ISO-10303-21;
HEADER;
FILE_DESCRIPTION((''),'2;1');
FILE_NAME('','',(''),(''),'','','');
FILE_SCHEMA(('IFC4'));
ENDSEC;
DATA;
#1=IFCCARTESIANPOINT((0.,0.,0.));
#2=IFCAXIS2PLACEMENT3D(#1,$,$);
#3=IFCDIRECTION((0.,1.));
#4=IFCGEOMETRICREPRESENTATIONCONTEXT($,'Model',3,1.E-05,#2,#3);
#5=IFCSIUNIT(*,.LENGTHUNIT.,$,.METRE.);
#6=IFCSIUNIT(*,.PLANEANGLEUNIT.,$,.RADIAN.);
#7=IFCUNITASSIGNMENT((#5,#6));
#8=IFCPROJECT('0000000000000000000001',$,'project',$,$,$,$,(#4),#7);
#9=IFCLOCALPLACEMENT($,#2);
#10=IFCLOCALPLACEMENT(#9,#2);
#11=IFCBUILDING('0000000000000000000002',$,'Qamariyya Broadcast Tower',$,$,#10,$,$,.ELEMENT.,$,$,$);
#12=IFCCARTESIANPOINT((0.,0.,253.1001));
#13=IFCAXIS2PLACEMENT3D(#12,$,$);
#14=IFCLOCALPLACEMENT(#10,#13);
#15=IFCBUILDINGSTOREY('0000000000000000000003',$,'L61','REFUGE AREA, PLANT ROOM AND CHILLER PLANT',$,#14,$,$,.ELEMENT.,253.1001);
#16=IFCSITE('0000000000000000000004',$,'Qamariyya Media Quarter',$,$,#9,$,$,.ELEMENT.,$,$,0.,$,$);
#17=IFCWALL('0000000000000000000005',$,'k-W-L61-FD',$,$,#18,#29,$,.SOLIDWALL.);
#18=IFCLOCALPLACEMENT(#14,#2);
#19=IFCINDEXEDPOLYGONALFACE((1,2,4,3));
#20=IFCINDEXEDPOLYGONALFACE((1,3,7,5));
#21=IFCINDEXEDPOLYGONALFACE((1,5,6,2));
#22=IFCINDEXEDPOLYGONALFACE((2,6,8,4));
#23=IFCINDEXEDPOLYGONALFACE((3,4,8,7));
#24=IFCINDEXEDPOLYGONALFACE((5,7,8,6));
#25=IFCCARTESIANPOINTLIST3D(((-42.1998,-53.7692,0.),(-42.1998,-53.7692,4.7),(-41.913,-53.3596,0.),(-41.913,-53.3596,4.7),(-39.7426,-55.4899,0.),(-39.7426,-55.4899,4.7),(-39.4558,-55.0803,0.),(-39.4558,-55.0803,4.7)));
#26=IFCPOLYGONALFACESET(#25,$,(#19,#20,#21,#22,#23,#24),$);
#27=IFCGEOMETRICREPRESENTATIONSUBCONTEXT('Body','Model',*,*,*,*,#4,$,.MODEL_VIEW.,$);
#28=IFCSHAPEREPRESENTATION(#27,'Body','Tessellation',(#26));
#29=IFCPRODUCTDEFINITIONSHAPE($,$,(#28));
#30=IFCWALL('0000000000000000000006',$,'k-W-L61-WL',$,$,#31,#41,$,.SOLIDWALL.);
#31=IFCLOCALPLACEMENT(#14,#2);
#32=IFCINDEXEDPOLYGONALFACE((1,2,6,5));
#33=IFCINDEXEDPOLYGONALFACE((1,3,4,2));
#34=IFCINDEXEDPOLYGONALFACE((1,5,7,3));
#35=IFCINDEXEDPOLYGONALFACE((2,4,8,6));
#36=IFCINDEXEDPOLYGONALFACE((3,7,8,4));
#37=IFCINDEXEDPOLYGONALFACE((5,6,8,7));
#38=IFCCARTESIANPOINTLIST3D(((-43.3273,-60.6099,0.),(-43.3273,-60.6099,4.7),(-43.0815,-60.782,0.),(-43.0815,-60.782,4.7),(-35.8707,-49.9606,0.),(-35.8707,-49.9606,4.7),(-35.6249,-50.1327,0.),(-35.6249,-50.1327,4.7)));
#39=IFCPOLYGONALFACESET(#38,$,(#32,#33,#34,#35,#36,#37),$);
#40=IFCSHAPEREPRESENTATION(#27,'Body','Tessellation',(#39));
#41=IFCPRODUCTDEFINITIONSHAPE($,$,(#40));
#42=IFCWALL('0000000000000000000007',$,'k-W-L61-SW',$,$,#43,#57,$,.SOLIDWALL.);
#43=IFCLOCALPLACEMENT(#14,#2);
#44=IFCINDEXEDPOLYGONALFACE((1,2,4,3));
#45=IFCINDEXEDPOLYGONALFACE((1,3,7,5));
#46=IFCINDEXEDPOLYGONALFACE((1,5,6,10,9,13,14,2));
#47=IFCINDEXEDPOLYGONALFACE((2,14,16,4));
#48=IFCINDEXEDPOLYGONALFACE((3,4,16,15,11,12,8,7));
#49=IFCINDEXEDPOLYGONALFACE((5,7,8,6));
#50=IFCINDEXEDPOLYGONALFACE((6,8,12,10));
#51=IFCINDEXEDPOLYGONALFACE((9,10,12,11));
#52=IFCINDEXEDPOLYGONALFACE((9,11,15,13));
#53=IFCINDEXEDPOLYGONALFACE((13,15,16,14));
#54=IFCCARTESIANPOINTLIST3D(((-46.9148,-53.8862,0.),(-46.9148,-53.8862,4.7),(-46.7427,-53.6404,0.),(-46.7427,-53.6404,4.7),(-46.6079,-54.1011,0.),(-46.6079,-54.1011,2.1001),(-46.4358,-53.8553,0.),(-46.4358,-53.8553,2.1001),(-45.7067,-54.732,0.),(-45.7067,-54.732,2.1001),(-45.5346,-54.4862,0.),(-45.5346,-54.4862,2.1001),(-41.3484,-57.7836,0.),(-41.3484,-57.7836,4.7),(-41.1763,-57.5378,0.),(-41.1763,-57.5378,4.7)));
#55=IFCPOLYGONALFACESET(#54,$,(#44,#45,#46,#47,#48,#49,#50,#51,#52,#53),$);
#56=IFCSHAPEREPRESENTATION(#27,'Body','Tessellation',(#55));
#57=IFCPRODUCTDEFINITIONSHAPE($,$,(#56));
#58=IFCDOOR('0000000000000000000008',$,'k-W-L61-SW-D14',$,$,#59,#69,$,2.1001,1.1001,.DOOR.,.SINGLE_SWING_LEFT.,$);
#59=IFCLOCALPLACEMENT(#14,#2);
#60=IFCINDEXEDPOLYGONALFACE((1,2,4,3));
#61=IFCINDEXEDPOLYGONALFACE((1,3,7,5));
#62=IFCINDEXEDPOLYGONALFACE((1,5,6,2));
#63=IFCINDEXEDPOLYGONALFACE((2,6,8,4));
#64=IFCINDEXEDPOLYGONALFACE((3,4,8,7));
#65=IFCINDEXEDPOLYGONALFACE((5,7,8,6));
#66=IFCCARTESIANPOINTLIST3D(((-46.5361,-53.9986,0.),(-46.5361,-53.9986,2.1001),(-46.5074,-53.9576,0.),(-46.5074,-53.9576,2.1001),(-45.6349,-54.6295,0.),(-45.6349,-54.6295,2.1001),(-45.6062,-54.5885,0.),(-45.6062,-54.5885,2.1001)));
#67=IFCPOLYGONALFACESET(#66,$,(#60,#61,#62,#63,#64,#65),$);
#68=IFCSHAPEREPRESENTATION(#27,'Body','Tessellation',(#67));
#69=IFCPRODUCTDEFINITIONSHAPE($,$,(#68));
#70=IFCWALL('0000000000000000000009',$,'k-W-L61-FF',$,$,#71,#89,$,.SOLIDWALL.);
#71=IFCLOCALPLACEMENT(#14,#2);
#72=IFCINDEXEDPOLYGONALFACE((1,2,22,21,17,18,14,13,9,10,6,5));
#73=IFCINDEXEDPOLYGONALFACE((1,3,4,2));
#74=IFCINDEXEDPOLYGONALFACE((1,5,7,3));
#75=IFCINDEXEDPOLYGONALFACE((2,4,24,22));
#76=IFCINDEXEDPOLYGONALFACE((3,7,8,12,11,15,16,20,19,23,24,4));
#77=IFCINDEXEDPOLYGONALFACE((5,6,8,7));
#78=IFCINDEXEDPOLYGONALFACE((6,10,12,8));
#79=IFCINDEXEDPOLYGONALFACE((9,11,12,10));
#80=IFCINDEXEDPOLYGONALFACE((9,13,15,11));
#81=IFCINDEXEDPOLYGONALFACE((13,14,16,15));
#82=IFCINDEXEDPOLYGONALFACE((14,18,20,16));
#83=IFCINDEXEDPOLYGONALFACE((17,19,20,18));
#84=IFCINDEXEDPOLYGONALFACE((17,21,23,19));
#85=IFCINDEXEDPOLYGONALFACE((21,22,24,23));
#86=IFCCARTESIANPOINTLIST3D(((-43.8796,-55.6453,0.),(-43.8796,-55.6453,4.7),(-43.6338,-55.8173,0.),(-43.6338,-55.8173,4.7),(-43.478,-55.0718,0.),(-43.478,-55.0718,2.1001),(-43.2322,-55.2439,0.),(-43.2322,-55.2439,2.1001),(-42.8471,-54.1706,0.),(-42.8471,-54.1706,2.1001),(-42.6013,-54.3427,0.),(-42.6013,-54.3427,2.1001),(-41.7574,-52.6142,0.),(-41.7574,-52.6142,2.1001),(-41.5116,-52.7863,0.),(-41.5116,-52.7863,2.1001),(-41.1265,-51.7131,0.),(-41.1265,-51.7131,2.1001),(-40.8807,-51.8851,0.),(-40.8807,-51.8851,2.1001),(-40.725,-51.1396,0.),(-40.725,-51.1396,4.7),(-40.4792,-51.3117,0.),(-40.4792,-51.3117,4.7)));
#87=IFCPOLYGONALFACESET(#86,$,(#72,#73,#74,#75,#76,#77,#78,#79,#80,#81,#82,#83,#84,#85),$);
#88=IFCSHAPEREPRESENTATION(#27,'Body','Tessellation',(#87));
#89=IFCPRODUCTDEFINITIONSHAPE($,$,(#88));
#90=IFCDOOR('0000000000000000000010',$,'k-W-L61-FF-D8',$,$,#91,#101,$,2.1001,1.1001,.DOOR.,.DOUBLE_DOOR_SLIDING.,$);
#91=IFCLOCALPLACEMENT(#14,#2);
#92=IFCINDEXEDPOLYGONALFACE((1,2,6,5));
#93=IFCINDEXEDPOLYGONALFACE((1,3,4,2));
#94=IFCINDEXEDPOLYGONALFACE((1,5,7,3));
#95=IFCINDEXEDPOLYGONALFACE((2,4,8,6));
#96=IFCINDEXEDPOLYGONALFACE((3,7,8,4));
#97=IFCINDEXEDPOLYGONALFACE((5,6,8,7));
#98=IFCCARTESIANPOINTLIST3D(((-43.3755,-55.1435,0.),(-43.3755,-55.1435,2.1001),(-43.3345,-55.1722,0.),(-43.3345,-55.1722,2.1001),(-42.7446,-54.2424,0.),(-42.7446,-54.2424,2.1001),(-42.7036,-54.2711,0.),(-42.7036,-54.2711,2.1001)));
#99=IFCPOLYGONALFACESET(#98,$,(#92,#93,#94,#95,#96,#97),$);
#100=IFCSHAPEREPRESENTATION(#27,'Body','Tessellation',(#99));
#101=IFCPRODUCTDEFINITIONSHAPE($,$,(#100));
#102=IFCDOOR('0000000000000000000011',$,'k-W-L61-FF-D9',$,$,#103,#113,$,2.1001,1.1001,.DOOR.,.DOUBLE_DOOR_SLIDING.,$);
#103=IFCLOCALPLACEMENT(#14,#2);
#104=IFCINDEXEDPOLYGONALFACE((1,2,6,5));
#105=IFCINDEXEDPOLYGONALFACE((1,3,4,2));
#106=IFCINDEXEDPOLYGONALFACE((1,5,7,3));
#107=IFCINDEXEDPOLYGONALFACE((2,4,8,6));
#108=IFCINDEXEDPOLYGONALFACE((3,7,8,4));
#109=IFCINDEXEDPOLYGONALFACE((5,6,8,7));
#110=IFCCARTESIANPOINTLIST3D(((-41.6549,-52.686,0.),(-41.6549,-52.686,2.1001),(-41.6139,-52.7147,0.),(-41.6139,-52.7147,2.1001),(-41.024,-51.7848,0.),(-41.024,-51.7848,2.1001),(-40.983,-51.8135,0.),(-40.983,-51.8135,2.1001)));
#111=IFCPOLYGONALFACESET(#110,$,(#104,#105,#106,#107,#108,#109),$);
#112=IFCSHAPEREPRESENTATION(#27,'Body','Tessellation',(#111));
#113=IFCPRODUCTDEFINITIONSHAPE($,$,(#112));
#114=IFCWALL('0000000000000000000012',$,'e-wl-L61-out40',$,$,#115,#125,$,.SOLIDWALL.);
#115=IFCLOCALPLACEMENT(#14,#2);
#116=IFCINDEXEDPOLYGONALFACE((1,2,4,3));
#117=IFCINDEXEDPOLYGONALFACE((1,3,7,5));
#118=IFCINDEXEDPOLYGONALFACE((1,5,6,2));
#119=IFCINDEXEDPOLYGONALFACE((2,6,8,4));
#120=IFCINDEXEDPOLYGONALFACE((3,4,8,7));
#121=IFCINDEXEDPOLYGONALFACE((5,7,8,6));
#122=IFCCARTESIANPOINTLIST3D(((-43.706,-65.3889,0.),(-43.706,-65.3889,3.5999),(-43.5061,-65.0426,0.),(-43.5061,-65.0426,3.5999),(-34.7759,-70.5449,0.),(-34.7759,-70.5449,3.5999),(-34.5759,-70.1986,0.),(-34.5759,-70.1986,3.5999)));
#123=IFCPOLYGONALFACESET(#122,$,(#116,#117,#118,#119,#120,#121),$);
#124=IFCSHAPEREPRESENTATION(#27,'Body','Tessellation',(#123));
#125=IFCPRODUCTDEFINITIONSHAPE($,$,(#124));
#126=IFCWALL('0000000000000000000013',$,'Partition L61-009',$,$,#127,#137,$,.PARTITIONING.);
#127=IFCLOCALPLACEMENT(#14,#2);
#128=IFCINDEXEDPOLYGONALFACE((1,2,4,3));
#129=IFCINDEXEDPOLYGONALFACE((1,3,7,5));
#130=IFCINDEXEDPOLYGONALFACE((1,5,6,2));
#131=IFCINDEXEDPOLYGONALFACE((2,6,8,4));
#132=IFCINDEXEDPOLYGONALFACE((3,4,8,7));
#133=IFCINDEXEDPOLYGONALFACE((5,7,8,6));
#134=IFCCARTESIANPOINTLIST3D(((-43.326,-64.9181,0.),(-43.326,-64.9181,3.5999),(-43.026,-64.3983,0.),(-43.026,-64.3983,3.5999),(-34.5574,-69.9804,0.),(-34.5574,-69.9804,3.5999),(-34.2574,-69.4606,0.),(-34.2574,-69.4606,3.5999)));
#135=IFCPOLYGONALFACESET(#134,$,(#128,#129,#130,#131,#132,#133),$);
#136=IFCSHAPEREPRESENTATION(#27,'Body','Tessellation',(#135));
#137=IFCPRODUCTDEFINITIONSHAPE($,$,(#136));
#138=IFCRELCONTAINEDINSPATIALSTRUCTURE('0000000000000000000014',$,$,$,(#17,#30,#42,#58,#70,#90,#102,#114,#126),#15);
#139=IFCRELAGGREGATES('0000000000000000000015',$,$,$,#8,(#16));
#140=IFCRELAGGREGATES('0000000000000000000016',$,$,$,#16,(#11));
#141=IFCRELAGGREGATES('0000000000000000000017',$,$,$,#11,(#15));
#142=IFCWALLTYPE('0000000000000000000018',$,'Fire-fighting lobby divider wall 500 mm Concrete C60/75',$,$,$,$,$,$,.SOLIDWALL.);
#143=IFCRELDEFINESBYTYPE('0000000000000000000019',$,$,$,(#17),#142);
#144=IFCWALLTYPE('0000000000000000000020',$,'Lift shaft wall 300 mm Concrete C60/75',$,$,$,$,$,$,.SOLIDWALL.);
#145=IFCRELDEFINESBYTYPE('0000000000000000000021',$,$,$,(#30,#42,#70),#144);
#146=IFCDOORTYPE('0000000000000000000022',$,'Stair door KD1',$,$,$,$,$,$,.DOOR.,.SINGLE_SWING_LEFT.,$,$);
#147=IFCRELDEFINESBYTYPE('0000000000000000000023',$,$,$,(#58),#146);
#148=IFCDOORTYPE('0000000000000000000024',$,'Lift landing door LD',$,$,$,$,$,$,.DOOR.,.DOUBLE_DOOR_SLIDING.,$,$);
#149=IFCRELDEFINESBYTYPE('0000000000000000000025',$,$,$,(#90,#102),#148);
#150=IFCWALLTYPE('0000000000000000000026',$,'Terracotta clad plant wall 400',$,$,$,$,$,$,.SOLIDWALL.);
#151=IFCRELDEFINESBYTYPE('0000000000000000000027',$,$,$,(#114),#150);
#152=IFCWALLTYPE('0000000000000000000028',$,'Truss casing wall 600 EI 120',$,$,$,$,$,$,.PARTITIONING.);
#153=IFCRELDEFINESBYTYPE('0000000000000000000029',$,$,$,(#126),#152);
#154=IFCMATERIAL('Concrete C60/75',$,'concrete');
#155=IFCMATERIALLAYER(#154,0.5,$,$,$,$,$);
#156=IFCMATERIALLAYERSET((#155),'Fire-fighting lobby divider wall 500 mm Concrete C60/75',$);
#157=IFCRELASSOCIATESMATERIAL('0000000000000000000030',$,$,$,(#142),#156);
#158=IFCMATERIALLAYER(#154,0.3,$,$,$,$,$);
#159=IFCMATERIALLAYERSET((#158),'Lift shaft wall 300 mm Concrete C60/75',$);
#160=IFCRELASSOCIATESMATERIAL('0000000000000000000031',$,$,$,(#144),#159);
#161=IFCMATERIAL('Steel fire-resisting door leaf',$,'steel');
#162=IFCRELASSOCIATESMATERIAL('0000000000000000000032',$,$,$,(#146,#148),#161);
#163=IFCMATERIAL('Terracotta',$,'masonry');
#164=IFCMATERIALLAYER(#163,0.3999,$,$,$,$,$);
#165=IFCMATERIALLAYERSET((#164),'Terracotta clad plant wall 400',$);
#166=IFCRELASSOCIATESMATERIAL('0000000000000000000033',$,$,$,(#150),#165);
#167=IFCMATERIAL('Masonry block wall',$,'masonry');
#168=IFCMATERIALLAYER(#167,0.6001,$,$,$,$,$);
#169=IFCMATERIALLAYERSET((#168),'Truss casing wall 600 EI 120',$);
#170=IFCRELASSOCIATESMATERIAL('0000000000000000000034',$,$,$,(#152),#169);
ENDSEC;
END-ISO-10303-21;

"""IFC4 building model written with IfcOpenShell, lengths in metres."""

from ifc_helpers import new_model, si_unit, direction, frame, frame_2d, origin, place, context, subcontext, project, spatial, rectangle, extrude, material, layer, layer_set, type_object, element, fill, save


model = new_model("IFC4")

# Units and contexts
model_context = context("Model", 3, precision=1e-05, world=origin(), true_north=direction((0.0, 1.0)))
body_context = subcontext(model_context, "Body", "Model", "MODEL_VIEW")
ifc_project = project(units=[si_unit("LENGTHUNIT", "METRE"), si_unit("PLANEANGLEUNIT", "RADIAN")], contexts=[model_context])

# Site, building, storey
site_placement = place(None, origin())
site = spatial("IfcSite", under=ifc_project, at=site_placement, Name="Qamariyya Media Quarter", CompositionType="ELEMENT", RefElevation=0.0)
building_placement = place(site_placement, origin())
building = spatial("IfcBuilding", under=site, at=building_placement, Name="Qamariyya Broadcast Tower", CompositionType="ELEMENT")
storey_placement = place(building_placement, frame((0.0, 0.0, 253.1001)))
storey = spatial("IfcBuildingStorey", under=building, at=storey_placement, Name="L61", Description="REFUGE AREA, PLANT ROOM AND CHILLER PLANT", CompositionType="ELEMENT", Elevation=253.1001)

# Shared definitions
ifc_material_1 = material(Name="Concrete C60/75", Category="concrete")

# Walls
ifc_layer_1 = layer(ifc_material_1, 0.5)
ifc_layer_set_1 = layer_set([ifc_layer_1], Name="Fire-fighting lobby divider wall 500 mm Concrete C60/75")
wall_type_1 = type_object("IfcWallType", Name="Fire-fighting lobby divider wall 500 mm Concrete C60/75", PredefinedType="SOLIDWALL", material=ifc_layer_set_1)
wall_1_placement = place(storey_placement, frame((-39.5991, -55.2852, 0.0), z_axis=(0.0, 0.0, 1.0), x_axis=(-0.819136, 0.573599, 0.0)))
element("IfcWall", 1, at=wall_1_placement, inside=storey, type_object=wall_type_1, Name="k-W-L61-FD", PredefinedType="SOLIDWALL", context=body_context, shape_type="SweptSolid", body=[
    extrude(rectangle(XDim=2.9998, YDim=0.5, at=frame_2d((1.5, 0.0))), origin(), (0.0, 0.0, 1.0), 4.7),
])
ifc_layer_2 = layer(ifc_material_1, 0.3)
ifc_layer_set_2 = layer_set([ifc_layer_2], Name="Lift shaft wall 300 mm Concrete C60/75")
wall_type_2 = type_object("IfcWallType", Name="Lift shaft wall 300 mm Concrete C60/75", PredefinedType="SOLIDWALL", material=ifc_layer_set_2)
wall_2_placement = place(storey_placement, frame((-43.2043, -60.6958, 0.0), z_axis=(0.0, 0.0, 1.0), x_axis=(0.573572, 0.819155, 0.0)))
element("IfcWall", 2, at=wall_2_placement, inside=storey, type_object=wall_type_2, Name="k-W-L61-WL", PredefinedType="SOLIDWALL", context=body_context, shape_type="SweptSolid", body=[
    extrude(rectangle(XDim=13.0002, YDim=0.3, at=frame_2d((6.5, 0.0))), origin(), (0.0, 0.0, 1.0), 4.7),
])

# Wall, opening, door
wall_3_placement = place(storey_placement, frame((-41.2625, -57.6606, 0.0), z_axis=(0.0, 0.0, 1.0), x_axis=(-0.819164, 0.573559, 0.0)))
wall_3 = element("IfcWall", 3, at=wall_3_placement, inside=storey, type_object=wall_type_2, Name="k-W-L61-SW", PredefinedType="SOLIDWALL", context=body_context, shape_type="SweptSolid", body=[
    extrude(rectangle(XDim=6.7952, YDim=0.3, at=frame_2d((3.3975, 0.0))), origin(), (0.0, 0.0, 1.0), 4.7),
])
opening_1_placement = place(wall_3_placement, frame((5.3203, 0.0, 0.0)))
opening_1 = element("IfcOpeningElement", 4, at=opening_1_placement, cuts=wall_3, PredefinedType="OPENING", context=body_context, shape_type="SweptSolid", body=[
    extrude(rectangle(XDim=1.1001, YDim=2.1001, at=frame_2d((0.55, 1.05))), frame((0.0, 0.1599, 0.0), z_axis=(0.0, -1.0, 0.0), x_axis=(1.0, 0.0, 0.0)), (0.0, 0.0, 1.0), 0.3201),
])
ifc_material_2 = material(Name="Steel fire-resisting door leaf", Category="steel")
door_type_1 = type_object("IfcDoorType", Name="Stair door KD1", OperationType="SINGLE_SWING_LEFT", PredefinedType="DOOR", material=ifc_material_2)
door_1_placement = place(opening_1_placement, origin())
door_1 = element("IfcDoor", 5, at=door_1_placement, inside=storey, type_object=door_type_1, Name="k-W-L61-SW-D14", OperationType="SINGLE_SWING_LEFT", OverallHeight=2.1001, OverallWidth=1.1001, PredefinedType="DOOR", context=body_context, shape_type="SweptSolid", body=[
    extrude(rectangle(XDim=1.1001, YDim=2.1001, at=frame_2d((0.55, 1.05))), frame((0.0, 0.0249, 0.0), z_axis=(0.0, -1.0, 0.0), x_axis=(1.0, 0.0, 0.0)), (0.0, 0.0, 1.0), 0.05),
])
fill(opening_1, door_1)

# Wall, openings, doors
wall_4_placement = place(storey_placement, frame((-43.7566, -55.7312, 0.0), z_axis=(0.0, 0.0, 1.0), x_axis=(0.573537, 0.81918, 0.0)))
wall_4 = element("IfcWall", 6, at=wall_4_placement, inside=storey, type_object=wall_type_2, Name="k-W-L61-FF", PredefinedType="SOLIDWALL", context=body_context, shape_type="SweptSolid", body=[
    extrude(rectangle(XDim=5.5002, YDim=0.3, at=frame_2d((2.75, 0.0))), origin(), (0.0, 0.0, 1.0), 4.7),
])
opening_2_placement = place(wall_4_placement, frame((0.7, 0.0, 0.0)))
opening_2 = element("IfcOpeningElement", 7, at=opening_2_placement, cuts=wall_4, PredefinedType="OPENING", context=body_context, shape_type="SweptSolid", body=[
    extrude(rectangle(XDim=1.1001, YDim=2.1001, at=frame_2d((0.55, 1.05))), frame((0.0, 0.1599, 0.0), z_axis=(0.0, -1.0, 0.0), x_axis=(1.0, 0.0, 0.0)), (0.0, 0.0, 1.0), 0.3201),
])
opening_3_placement = place(wall_4_placement, frame((3.7, 0.0, 0.0)))
opening_3 = element("IfcOpeningElement", 8, at=opening_3_placement, cuts=wall_4, PredefinedType="OPENING", context=body_context, shape_type="SweptSolid", body=[
    extrude(rectangle(XDim=1.1001, YDim=2.1001, at=frame_2d((0.55, 1.05))), frame((0.0, 0.1599, 0.0), z_axis=(0.0, -1.0, 0.0), x_axis=(1.0, 0.0, 0.0)), (0.0, 0.0, 1.0), 0.3201),
])
door_type_2 = type_object("IfcDoorType", Name="Lift landing door LD", OperationType="DOUBLE_DOOR_SLIDING", PredefinedType="DOOR", material=ifc_material_2)
door_2_placement = place(opening_2_placement, origin())
door_2 = element("IfcDoor", 9, at=door_2_placement, inside=storey, type_object=door_type_2, Name="k-W-L61-FF-D8", OperationType="DOUBLE_DOOR_SLIDING", OverallHeight=2.1001, OverallWidth=1.1001, PredefinedType="DOOR", context=body_context, shape_type="SweptSolid", body=[
    extrude(rectangle(XDim=1.1001, YDim=2.1001, at=frame_2d((0.55, 1.05))), frame((0.0, 0.0249, 0.0), z_axis=(0.0, -1.0, 0.0), x_axis=(1.0, 0.0, 0.0)), (0.0, 0.0, 1.0), 0.05),
])
fill(opening_2, door_2)
door_3_placement = place(opening_3_placement, origin())
door_3 = element("IfcDoor", 10, at=door_3_placement, inside=storey, type_object=door_type_2, Name="k-W-L61-FF-D9", OperationType="DOUBLE_DOOR_SLIDING", OverallHeight=2.1001, OverallWidth=1.1001, PredefinedType="DOOR", context=body_context, shape_type="SweptSolid", body=[
    extrude(rectangle(XDim=1.1001, YDim=2.1001, at=frame_2d((0.55, 1.05))), frame((0.0, 0.0249, 0.0), z_axis=(0.0, -1.0, 0.0), x_axis=(1.0, 0.0, 0.0)), (0.0, 0.0, 1.0), 0.05),
])
fill(opening_3, door_3)

# Walls
ifc_material_3 = material(Name="Terracotta", Category="masonry")
ifc_layer_3 = layer(ifc_material_3, 0.3999)
ifc_layer_set_3 = layer_set([ifc_layer_3], Name="Terracotta clad plant wall 400")
wall_type_3 = type_object("IfcWallType", Name="Terracotta clad plant wall 400", PredefinedType="SOLIDWALL", material=ifc_layer_set_3)
wall_5_placement = place(storey_placement, frame((-43.606, -65.2158, 0.0), z_axis=(0.0, 0.0, 1.0), x_axis=(0.866018, -0.500012, 0.0)))
element("IfcWall", 11, at=wall_5_placement, inside=storey, type_object=wall_type_3, Name="e-wl-L61-out40", PredefinedType="SOLIDWALL", context=body_context, shape_type="SweptSolid", body=[
    extrude(rectangle(XDim=10.3118, YDim=0.3999, at=frame_2d((5.1558, 0.0))), origin(), (0.0, 0.0, 1.0), 3.5999),
])
ifc_material_4 = material(Name="Masonry block wall", Category="masonry")
ifc_layer_4 = layer(ifc_material_4, 0.6001)
ifc_layer_set_4 = layer_set([ifc_layer_4], Name="Truss casing wall 600 EI 120")
wall_type_4 = type_object("IfcWallType", Name="Truss casing wall 600 EI 120", PredefinedType="PARTITIONING", material=ifc_layer_set_4)
wall_6_placement = place(storey_placement, frame((-43.176, -64.6582, 0.0), z_axis=(0.0, 0.0, 1.0), x_axis=(0.866037, -0.49998, 0.0)))
element("IfcWall", 12, at=wall_6_placement, inside=storey, type_object=wall_type_4, Name="Partition L61-009", PredefinedType="PARTITIONING", context=body_context, shape_type="SweptSolid", body=[
    extrude(rectangle(XDim=10.125, YDim=0.6001, at=frame_2d((5.0625, 0.0))), origin(), (0.0, 0.0, 1.0), 3.5999),
])

save(model, "model.ifc")
